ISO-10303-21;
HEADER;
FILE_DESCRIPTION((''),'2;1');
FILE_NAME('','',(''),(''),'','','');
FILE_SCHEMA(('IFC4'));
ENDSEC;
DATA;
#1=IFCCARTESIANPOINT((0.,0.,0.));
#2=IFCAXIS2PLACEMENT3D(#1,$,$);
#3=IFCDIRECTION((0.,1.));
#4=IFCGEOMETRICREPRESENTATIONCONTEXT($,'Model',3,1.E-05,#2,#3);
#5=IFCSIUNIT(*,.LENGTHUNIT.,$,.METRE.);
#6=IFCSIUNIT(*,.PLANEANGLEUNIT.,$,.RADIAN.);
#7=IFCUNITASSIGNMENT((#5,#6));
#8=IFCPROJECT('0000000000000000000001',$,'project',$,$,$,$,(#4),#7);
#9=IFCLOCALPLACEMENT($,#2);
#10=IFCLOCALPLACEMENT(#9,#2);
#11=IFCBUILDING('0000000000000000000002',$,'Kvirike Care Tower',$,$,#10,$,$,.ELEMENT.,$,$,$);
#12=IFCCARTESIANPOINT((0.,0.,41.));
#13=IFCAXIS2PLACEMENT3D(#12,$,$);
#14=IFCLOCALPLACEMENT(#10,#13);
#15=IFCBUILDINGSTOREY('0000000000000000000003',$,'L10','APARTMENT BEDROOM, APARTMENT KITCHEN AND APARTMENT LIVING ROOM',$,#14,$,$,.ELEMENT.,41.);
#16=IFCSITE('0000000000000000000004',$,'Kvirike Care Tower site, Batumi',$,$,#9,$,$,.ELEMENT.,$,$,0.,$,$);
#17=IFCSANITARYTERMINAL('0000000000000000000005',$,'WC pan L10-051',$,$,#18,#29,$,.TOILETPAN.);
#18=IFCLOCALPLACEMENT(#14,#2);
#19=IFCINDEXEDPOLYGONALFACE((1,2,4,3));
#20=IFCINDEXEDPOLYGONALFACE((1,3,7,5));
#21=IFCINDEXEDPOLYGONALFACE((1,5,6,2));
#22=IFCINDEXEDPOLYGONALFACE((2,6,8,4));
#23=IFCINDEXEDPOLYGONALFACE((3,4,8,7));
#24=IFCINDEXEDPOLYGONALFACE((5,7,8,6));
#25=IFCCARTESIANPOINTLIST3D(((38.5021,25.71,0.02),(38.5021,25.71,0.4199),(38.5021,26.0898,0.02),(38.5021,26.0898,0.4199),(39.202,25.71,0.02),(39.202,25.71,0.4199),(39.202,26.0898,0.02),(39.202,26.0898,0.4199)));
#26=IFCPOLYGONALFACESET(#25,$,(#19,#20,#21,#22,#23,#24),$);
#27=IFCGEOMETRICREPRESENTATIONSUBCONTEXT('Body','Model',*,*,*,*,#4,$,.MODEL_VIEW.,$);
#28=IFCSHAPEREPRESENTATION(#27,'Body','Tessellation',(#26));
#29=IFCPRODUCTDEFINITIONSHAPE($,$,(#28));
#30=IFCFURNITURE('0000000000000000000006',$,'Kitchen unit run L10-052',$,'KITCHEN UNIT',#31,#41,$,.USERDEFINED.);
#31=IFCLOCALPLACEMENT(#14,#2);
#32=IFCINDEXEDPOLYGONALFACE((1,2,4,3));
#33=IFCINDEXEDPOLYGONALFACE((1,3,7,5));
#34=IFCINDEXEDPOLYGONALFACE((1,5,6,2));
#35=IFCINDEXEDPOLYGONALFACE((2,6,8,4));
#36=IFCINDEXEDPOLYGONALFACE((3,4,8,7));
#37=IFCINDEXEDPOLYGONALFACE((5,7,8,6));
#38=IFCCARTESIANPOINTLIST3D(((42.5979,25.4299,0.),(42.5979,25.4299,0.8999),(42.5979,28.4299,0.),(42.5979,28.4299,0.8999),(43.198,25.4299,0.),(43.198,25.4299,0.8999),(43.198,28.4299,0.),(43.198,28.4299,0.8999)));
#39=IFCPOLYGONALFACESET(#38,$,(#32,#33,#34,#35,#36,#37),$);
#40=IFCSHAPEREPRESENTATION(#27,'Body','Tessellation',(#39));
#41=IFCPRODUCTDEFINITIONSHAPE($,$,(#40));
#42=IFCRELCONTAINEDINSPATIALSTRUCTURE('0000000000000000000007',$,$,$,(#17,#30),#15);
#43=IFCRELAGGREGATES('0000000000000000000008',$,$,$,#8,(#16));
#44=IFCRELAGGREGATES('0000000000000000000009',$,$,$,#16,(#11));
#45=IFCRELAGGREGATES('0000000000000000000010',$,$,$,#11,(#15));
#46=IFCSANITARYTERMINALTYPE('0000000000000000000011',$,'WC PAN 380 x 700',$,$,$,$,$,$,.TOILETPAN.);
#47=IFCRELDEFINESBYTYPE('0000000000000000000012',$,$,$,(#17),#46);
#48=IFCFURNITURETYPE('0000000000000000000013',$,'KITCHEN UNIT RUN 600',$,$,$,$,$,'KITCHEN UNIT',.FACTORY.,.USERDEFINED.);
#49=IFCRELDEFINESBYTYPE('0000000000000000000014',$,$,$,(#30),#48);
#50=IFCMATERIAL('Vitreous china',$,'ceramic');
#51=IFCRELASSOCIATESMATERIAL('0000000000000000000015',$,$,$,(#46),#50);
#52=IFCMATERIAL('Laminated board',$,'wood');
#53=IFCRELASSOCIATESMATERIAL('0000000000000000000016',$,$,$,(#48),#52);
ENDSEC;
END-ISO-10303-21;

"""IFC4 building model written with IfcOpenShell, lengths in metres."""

from ifc_helpers import new_model, si_unit, direction, frame, origin, origin_2d, place, context, subcontext, project, spatial, rectangle, extrude, material, type_object, element, save


model = new_model("IFC4")

# Units and contexts
model_context = context("Model", 3, precision=1e-05, world=origin(), true_north=direction((0.0, 1.0)))
body_context = subcontext(model_context, "Body", "Model", "MODEL_VIEW")
ifc_project = project(units=[si_unit("LENGTHUNIT", "METRE"), si_unit("PLANEANGLEUNIT", "RADIAN")], contexts=[model_context])

# Site, building, storey
site_placement = place(None, origin())
site = spatial("IfcSite", under=ifc_project, at=site_placement, Name="Kvirike Care Tower site, Batumi", CompositionType="ELEMENT", RefElevation=0.0)
building_placement = place(site_placement, origin())
building = spatial("IfcBuilding", under=site, at=building_placement, Name="Kvirike Care Tower", CompositionType="ELEMENT")
storey_placement = place(building_placement, frame((0.0, 0.0, 41.0)))
storey = spatial("IfcBuildingStorey", under=building, at=storey_placement, Name="L10", Description="APARTMENT BEDROOM, APARTMENT KITCHEN AND APARTMENT LIVING ROOM", CompositionType="ELEMENT", Elevation=41.0)

# Sanitary terminal
ifc_material_1 = material(Name="Vitreous china", Category="ceramic")
sanitary_terminal_type_1 = type_object("IfcSanitaryTerminalType", Name="WC PAN 380 x 700", PredefinedType="TOILETPAN", material=ifc_material_1)
sanitary_terminal_1_placement = place(storey_placement, frame((38.8521, 25.8999, 0.02), z_axis=(0.0, 0.0, 1.0), x_axis=(0.0, 1.0, 0.0)))
element("IfcSanitaryTerminal", 1, at=sanitary_terminal_1_placement, inside=storey, type_object=sanitary_terminal_type_1, Name="WC pan L10-051", PredefinedType="TOILETPAN", context=body_context, shape_type="SweptSolid", body=[
    extrude(rectangle(XDim=0.3799, YDim=0.7, at=origin_2d()), origin(), (0.0, 0.0, 1.0), 0.3999),
])

# Furniture
ifc_material_2 = material(Name="Laminated board", Category="wood")
furniture_type = type_object("IfcFurnitureType", Name="KITCHEN UNIT RUN 600", ElementType="KITCHEN UNIT", AssemblyPlace="FACTORY", PredefinedType="USERDEFINED", material=ifc_material_2)
furniture_placement = place(storey_placement, frame((42.8979, 26.9299, 0.0), z_axis=(0.0, 0.0, 1.0), x_axis=(0.0, -1.0, 0.0)))
element("IfcFurniture", 2, at=furniture_placement, inside=storey, type_object=furniture_type, Name="Kitchen unit run L10-052", ObjectType="KITCHEN UNIT", PredefinedType="USERDEFINED", context=body_context, shape_type="SweptSolid", body=[
    extrude(rectangle(XDim=3.0, YDim=0.6001, at=origin_2d()), origin(), (0.0, 0.0, 1.0), 0.8999),
])

save(model, "model.ifc")
